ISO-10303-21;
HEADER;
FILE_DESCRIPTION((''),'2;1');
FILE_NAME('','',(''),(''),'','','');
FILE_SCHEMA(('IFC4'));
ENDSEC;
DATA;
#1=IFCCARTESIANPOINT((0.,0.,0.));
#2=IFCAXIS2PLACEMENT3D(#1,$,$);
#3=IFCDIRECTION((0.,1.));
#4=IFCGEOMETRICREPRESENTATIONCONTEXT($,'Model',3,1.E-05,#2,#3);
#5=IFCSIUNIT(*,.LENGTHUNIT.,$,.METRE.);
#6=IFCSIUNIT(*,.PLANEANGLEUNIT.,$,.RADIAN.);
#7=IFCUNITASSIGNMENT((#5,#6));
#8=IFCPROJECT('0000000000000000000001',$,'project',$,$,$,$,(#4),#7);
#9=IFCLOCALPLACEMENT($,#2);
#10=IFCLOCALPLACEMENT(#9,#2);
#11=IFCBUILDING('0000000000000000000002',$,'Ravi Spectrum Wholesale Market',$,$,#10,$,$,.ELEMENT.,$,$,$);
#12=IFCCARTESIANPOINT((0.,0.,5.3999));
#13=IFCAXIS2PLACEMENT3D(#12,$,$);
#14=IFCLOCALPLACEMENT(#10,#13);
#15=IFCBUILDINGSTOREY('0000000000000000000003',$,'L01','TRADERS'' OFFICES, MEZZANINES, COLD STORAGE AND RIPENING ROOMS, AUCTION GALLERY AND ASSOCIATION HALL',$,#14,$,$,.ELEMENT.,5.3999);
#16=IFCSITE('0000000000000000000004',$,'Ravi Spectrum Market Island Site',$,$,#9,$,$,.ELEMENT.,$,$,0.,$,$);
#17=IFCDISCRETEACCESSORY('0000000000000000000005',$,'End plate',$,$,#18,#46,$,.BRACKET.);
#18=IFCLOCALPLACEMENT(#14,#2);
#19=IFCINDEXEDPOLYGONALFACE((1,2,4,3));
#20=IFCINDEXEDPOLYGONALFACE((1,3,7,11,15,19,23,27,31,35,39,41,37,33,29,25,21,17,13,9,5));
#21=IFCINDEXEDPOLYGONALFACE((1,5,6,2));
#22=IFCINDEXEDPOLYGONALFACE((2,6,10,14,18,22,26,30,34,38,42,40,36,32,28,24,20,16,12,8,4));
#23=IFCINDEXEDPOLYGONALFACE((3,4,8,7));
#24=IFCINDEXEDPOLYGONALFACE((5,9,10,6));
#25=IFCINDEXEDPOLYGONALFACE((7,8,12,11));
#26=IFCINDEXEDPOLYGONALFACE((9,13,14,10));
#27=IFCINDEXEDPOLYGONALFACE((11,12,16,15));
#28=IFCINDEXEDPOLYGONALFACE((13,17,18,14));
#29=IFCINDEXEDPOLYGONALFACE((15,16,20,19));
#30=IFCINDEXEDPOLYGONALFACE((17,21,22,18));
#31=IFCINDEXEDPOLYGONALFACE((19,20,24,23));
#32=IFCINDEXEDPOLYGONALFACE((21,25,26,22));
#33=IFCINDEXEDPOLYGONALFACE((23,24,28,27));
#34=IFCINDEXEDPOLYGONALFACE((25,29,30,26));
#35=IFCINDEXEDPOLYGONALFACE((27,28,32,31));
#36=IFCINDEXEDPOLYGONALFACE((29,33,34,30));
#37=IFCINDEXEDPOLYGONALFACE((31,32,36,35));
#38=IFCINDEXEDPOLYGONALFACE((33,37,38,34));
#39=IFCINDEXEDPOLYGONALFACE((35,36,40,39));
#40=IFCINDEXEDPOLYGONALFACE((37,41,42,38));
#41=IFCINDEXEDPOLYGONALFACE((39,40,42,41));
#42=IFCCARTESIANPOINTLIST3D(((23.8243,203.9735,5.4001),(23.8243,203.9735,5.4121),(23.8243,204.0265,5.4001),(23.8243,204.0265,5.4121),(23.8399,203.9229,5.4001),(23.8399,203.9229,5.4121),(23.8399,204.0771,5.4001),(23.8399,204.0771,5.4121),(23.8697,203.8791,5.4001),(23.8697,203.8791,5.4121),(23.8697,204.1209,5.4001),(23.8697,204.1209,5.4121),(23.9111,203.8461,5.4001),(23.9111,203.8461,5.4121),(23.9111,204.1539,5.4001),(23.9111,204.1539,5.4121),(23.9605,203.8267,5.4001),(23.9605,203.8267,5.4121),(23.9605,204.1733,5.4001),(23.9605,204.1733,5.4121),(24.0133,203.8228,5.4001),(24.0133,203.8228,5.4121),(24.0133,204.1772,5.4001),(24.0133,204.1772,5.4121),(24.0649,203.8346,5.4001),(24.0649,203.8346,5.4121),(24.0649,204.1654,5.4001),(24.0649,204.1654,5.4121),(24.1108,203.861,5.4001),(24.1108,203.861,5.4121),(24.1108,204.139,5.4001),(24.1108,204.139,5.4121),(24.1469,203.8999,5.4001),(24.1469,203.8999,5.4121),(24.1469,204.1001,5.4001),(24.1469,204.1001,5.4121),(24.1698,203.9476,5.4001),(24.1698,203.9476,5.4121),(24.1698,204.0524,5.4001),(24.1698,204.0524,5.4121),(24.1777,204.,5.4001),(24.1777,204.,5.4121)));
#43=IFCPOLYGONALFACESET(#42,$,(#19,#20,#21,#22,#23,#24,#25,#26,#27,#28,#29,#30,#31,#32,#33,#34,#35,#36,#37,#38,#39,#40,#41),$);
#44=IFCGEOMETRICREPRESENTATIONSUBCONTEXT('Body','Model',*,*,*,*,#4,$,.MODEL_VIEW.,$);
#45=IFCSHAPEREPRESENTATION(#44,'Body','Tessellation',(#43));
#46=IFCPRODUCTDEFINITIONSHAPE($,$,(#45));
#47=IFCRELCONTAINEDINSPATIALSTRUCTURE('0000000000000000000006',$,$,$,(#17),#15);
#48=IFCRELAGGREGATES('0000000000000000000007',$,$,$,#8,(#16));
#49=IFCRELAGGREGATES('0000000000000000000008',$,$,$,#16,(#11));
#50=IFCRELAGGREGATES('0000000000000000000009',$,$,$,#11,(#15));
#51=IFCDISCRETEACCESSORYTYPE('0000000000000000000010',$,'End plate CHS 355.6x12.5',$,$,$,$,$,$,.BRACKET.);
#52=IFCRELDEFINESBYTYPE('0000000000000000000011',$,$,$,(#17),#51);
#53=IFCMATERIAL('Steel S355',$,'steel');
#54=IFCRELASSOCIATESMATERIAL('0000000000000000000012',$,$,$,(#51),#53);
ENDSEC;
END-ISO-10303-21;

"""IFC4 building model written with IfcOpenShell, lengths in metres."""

from ifc_helpers import new_model, si_unit, direction, frame, origin, origin_2d, place, context, subcontext, project, spatial, circle, extrude, material, material_profile, profile_set, type_object, element, save


model = new_model("IFC4")

# Units and contexts
model_context = context("Model", 3, precision=1e-05, world=origin(), true_north=direction((0.0, 1.0)))
body_context = subcontext(model_context, "Body", "Model", "MODEL_VIEW")
ifc_project = project(units=[si_unit("LENGTHUNIT", "METRE"), si_unit("PLANEANGLEUNIT", "RADIAN")], contexts=[model_context])

# Site, building, storey
site_placement = place(None, origin())
site = spatial("IfcSite", under=ifc_project, at=site_placement, Name="Ravi Spectrum Market Island Site", CompositionType="ELEMENT", RefElevation=0.0)
building_placement = place(site_placement, origin())
building = spatial("IfcBuilding", under=site, at=building_placement, Name="Ravi Spectrum Wholesale Market", CompositionType="ELEMENT")
storey_placement = place(building_placement, frame((0.0, 0.0, 5.3999)))
storey = spatial("IfcBuildingStorey", under=building, at=storey_placement, Name="L01", Description="TRADERS' OFFICES, MEZZANINES, COLD STORAGE AND RIPENING ROOMS, AUCTION GALLERY AND ASSOCIATION HALL", CompositionType="ELEMENT", Elevation=5.3999)

# Discrete accessory
ifc_material_1 = material(Name="Steel S355", Category="steel")
ifc_material_profile_1 = material_profile(ifc_material_1, circle(Radius=0.1777, at=origin_2d()))
ifc_profile_set_1 = profile_set([ifc_material_profile_1], Name="Steel S355")
discrete_accessory_type = type_object("IfcDiscreteAccessoryType", Name="End plate CHS 355.6x12.5", PredefinedType="BRACKET", material=ifc_profile_set_1)
discrete_accessory_placement = place(storey_placement, frame((24.0, 204.0, 5.4001), z_axis=(0.0, 0.0, 1.0), x_axis=(1.0, 0.0, 0.0)))
element("IfcDiscreteAccessory", 1, at=discrete_accessory_placement, inside=storey, type_object=discrete_accessory_type, Name="End plate", PredefinedType="BRACKET", context=body_context, shape_type="SweptSolid", body=[
    extrude(circle(Radius=0.1777, at=origin_2d()), origin(), (0.0, 0.0, 1.0), 0.012),
])

save(model, "model.ifc")
